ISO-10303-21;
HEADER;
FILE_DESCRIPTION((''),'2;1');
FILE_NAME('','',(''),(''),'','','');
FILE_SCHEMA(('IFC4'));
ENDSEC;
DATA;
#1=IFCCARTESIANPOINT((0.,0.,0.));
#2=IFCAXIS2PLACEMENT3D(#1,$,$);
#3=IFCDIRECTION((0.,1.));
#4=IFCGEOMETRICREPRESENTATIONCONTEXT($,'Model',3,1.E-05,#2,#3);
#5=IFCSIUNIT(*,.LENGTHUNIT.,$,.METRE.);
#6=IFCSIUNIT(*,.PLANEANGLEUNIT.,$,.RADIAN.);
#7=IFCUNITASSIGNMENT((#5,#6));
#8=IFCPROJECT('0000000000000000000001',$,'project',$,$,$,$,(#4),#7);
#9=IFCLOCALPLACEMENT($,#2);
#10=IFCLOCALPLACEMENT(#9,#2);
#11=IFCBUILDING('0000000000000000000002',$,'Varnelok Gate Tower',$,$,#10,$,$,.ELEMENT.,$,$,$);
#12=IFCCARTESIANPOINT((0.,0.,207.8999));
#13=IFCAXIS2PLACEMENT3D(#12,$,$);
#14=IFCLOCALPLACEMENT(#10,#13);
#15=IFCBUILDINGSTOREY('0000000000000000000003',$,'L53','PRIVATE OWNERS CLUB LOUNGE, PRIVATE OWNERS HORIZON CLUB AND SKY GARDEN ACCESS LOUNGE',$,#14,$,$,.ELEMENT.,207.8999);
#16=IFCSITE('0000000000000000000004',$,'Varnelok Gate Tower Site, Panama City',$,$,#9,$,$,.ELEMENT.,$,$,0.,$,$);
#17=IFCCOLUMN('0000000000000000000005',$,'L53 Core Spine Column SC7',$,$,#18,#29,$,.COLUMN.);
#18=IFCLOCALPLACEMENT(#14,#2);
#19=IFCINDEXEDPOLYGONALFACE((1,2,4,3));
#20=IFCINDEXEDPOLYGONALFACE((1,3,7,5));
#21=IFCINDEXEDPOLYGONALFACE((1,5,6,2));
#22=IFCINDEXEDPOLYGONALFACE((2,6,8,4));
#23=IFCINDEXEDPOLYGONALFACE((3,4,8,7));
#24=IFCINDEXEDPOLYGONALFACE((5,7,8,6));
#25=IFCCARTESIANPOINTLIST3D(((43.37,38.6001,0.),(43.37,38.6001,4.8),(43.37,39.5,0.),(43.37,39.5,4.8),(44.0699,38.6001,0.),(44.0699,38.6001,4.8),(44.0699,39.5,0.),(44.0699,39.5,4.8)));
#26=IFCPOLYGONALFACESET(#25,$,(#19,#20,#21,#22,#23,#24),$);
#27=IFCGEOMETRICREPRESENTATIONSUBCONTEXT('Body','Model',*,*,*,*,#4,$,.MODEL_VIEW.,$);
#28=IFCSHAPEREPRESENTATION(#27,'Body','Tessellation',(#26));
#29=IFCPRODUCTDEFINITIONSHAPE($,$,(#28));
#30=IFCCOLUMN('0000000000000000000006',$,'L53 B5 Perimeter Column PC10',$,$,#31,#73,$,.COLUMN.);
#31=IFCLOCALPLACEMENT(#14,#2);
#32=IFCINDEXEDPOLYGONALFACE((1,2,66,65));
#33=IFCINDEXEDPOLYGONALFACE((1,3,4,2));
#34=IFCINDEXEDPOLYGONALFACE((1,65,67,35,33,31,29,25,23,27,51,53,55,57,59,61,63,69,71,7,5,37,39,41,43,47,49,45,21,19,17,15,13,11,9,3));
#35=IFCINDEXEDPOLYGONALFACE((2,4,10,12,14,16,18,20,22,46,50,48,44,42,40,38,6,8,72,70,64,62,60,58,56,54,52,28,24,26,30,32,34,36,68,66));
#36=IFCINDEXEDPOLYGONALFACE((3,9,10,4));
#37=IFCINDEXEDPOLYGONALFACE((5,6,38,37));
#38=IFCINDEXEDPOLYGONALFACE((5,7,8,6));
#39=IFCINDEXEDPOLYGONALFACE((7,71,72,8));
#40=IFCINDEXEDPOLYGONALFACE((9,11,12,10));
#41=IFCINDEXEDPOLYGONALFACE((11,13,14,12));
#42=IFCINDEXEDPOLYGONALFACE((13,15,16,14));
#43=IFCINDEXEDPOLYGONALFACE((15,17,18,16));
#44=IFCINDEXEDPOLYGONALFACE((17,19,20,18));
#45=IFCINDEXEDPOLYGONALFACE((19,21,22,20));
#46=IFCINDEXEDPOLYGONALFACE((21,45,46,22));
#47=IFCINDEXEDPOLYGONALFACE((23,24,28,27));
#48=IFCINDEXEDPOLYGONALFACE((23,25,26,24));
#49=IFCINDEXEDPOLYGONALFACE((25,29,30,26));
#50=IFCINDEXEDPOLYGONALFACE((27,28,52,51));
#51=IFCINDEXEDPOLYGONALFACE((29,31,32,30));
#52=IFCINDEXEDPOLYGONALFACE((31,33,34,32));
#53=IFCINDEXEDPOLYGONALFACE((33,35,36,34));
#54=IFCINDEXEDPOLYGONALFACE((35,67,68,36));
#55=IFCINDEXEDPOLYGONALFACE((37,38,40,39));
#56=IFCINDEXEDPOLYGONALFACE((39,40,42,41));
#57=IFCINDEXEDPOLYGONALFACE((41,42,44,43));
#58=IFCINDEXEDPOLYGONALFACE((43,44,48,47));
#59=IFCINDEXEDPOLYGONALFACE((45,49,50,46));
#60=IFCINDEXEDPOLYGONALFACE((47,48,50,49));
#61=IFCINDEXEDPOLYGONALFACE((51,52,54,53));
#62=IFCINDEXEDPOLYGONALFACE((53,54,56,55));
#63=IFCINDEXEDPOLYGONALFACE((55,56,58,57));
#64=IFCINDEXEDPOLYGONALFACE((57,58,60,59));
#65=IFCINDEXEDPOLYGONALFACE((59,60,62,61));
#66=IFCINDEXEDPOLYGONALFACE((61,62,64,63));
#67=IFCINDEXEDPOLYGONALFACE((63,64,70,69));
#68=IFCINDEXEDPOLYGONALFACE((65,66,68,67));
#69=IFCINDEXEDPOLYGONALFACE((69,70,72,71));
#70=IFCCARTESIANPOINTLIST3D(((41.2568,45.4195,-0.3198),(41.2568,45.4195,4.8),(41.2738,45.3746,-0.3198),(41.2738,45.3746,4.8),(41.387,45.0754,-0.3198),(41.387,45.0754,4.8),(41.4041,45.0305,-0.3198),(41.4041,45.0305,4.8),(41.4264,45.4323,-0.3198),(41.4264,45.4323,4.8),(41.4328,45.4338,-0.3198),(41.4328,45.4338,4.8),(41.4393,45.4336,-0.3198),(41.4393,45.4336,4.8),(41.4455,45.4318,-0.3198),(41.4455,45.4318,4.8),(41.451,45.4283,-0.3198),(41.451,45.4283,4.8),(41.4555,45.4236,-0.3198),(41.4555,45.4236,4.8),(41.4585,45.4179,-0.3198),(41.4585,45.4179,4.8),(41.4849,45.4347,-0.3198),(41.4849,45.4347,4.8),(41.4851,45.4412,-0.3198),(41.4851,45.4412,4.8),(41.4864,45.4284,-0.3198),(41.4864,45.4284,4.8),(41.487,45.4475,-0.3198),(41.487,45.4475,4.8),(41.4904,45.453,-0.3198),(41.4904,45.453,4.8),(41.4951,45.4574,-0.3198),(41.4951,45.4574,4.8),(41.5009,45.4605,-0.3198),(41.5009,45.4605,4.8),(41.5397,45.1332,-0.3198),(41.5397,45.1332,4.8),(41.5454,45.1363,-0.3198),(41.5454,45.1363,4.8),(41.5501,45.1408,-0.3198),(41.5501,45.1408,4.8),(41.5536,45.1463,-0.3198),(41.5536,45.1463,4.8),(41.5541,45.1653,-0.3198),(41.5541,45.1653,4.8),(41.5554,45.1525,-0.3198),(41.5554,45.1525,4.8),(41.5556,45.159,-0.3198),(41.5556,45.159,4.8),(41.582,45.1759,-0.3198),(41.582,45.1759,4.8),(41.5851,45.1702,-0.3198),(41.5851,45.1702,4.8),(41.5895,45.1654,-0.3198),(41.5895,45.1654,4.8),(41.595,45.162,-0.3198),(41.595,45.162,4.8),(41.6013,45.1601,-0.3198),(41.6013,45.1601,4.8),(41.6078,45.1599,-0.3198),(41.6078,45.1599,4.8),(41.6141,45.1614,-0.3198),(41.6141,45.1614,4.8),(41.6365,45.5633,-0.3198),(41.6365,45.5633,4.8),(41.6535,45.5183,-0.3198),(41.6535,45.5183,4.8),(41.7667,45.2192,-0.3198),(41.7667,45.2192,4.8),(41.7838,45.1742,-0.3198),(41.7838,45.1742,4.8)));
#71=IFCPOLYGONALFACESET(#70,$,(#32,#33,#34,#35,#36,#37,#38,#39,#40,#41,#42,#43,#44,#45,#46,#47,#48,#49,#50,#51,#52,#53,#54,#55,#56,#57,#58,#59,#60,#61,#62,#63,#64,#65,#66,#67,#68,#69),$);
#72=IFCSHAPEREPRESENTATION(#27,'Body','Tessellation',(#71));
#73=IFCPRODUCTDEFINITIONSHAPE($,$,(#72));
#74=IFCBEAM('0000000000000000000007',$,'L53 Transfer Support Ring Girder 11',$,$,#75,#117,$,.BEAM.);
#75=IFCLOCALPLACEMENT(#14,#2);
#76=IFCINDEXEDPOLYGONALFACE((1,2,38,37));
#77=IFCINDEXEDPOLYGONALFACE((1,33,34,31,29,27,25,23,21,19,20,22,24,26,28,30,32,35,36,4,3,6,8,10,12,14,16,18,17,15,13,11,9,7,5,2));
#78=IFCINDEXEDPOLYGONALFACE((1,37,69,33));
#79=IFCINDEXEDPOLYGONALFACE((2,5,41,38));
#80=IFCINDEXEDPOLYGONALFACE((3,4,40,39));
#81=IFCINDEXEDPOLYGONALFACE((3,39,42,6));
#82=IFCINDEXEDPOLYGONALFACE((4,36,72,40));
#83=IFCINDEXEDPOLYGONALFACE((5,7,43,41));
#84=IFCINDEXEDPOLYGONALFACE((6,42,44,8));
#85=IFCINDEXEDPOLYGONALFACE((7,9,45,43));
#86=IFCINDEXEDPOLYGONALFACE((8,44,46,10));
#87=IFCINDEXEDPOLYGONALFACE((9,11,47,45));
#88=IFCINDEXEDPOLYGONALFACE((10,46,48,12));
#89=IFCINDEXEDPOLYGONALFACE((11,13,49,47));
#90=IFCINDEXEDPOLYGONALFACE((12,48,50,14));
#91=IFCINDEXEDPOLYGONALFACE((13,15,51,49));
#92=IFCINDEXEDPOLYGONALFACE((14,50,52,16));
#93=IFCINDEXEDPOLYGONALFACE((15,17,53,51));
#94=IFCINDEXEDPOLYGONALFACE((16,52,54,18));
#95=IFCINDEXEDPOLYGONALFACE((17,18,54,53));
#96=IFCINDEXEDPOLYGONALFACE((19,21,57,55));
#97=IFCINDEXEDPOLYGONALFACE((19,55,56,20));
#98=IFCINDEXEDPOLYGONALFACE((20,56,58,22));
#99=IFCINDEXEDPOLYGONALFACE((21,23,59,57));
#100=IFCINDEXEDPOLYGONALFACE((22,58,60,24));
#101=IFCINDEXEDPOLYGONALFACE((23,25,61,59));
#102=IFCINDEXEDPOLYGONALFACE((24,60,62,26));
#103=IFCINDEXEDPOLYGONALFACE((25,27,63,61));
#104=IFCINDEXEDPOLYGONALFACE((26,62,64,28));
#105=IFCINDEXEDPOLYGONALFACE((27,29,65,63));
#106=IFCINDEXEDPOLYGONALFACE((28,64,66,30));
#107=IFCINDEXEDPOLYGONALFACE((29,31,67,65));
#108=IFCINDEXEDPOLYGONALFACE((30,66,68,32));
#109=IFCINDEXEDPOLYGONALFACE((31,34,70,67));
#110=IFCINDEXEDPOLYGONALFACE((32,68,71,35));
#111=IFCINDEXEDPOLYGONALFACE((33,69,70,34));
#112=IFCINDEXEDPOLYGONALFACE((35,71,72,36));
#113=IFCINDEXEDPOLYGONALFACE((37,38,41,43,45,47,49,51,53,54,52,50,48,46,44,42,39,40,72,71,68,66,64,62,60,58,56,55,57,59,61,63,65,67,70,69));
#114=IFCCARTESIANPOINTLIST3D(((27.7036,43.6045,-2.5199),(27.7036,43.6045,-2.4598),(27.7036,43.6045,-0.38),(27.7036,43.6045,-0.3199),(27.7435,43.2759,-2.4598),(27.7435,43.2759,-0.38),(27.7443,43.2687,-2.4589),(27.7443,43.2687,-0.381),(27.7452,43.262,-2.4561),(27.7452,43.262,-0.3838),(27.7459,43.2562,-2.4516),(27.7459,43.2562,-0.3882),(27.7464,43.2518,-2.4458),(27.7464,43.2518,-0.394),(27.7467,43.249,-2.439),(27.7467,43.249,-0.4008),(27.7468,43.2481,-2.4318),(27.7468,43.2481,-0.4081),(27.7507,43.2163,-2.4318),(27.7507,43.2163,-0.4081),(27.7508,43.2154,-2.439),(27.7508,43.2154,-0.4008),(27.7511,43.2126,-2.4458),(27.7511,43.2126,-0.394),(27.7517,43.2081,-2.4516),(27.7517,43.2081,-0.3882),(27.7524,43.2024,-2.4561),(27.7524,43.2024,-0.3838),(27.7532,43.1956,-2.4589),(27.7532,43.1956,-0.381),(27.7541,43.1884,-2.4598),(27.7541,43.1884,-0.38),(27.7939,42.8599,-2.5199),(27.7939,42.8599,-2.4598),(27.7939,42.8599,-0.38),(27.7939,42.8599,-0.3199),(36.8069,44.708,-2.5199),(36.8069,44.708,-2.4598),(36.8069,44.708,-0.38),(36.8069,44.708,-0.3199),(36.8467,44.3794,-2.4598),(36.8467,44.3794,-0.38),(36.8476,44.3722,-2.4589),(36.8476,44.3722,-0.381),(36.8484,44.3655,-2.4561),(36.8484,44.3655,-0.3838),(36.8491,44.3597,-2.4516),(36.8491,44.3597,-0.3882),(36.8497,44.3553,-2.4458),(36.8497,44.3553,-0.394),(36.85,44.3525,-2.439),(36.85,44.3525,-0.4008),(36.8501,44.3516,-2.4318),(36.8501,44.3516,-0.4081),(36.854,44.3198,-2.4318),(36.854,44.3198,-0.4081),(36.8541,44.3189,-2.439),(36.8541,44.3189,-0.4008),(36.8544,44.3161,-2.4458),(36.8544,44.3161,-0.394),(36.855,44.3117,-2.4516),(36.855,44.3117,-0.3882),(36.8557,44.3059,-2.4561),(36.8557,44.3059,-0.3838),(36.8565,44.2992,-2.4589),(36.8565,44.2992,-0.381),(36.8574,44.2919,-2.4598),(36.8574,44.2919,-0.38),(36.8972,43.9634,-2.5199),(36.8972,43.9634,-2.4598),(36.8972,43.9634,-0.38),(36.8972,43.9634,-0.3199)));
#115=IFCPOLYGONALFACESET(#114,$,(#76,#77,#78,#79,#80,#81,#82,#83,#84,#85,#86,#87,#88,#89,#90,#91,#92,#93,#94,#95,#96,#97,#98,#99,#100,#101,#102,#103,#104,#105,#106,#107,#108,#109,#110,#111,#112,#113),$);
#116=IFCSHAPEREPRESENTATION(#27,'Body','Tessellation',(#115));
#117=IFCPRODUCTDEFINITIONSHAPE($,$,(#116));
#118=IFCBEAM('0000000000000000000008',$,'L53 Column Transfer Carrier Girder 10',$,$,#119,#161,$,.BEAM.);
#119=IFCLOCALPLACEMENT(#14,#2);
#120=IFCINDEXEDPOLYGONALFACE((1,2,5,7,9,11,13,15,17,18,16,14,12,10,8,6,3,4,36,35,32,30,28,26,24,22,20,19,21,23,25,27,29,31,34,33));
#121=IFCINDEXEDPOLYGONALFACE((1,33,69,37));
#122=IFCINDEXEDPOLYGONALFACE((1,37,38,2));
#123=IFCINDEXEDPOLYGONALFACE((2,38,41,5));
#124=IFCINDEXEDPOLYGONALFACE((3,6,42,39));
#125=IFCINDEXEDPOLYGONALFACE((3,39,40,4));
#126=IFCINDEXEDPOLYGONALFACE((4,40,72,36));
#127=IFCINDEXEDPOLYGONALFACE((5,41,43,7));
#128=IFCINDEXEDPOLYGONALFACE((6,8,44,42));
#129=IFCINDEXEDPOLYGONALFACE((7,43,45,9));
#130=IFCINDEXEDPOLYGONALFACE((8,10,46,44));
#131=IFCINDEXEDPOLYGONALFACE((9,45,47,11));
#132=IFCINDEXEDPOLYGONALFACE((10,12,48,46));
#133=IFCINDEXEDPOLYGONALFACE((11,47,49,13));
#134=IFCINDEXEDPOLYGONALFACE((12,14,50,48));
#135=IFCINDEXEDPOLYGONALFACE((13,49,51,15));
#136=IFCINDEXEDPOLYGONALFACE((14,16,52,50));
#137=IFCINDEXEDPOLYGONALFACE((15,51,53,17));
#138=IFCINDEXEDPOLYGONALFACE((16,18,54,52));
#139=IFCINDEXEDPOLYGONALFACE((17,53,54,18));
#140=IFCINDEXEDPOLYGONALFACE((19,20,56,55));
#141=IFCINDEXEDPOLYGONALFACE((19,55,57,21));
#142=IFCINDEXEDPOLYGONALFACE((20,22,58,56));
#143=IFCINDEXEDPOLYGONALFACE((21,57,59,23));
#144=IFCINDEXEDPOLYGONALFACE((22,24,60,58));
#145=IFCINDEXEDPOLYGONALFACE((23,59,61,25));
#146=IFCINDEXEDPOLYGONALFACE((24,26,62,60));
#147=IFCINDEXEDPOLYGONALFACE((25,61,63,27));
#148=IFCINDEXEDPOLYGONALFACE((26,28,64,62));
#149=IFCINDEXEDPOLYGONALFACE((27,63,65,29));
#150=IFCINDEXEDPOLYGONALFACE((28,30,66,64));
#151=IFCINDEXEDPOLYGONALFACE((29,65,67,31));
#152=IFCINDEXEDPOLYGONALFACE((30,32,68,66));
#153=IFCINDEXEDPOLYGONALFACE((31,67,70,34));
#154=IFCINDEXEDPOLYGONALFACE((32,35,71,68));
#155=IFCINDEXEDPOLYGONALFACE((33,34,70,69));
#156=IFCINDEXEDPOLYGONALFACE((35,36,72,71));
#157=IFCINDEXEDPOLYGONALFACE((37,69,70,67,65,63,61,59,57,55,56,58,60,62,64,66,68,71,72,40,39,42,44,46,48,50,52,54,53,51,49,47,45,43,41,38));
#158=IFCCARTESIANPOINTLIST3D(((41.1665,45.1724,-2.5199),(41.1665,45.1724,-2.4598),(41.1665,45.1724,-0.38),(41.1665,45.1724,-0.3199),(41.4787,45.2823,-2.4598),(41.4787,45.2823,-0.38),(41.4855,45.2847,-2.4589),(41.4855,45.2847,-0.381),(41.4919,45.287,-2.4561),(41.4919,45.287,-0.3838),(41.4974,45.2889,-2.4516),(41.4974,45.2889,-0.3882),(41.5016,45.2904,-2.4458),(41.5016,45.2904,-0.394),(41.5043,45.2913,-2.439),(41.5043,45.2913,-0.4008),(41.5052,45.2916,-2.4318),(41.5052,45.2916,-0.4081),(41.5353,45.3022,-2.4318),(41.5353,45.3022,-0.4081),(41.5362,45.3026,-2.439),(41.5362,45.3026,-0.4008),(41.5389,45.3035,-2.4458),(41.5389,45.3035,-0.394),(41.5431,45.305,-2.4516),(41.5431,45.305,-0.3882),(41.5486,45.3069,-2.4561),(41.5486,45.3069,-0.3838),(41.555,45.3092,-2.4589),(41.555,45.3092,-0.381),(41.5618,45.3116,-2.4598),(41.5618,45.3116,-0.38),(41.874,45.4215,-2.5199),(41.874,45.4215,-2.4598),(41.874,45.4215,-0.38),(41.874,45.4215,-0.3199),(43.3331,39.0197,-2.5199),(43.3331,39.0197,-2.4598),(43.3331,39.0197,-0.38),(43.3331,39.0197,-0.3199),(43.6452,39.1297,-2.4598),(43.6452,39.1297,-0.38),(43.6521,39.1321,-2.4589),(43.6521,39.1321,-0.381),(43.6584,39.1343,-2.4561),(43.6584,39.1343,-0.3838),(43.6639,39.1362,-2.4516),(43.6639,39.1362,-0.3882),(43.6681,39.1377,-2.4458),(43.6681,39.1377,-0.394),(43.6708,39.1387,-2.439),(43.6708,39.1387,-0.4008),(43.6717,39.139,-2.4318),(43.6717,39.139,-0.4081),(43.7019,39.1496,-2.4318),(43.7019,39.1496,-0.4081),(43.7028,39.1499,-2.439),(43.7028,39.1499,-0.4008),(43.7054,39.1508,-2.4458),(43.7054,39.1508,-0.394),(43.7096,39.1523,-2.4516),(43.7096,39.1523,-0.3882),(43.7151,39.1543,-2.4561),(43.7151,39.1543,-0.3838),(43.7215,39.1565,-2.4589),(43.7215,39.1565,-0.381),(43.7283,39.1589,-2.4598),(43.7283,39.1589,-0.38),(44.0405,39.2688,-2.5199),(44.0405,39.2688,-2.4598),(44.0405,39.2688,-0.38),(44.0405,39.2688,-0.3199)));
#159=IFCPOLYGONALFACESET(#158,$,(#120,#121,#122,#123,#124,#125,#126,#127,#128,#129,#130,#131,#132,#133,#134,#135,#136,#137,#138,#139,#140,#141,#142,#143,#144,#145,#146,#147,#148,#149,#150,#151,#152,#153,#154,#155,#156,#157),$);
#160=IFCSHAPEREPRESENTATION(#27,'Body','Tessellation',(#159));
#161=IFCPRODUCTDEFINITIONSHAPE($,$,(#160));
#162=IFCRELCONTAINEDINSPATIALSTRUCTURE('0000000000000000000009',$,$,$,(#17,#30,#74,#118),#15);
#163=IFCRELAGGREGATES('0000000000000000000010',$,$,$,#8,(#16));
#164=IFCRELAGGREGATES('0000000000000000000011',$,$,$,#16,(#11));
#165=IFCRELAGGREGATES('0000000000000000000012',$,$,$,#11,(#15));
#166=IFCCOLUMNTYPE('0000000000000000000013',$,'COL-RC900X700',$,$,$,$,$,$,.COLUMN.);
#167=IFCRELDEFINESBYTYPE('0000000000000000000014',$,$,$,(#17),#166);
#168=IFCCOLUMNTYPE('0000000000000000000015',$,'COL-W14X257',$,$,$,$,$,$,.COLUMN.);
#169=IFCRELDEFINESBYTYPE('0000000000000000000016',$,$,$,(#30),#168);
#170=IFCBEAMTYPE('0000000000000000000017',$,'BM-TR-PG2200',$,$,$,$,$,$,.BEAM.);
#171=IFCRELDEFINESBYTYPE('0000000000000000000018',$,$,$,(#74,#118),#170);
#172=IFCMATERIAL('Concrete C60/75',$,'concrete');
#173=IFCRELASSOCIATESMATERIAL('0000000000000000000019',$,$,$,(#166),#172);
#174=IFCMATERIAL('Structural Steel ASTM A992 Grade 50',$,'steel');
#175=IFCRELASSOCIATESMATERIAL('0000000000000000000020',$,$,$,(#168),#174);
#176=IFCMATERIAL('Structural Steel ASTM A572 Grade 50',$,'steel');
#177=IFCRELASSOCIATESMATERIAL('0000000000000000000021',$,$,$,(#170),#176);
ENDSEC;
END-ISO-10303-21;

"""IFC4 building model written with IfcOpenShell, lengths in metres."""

from ifc_helpers import new_model, si_unit, direction, frame, origin, origin_2d, place, context, subcontext, project, spatial, rectangle, i_section, extrude, material, material_profile, profile_set, type_object, element, save


model = new_model("IFC4")

# Units and contexts
model_context = context("Model", 3, precision=1e-05, world=origin(), true_north=direction((0.0, 1.0)))
body_context = subcontext(model_context, "Body", "Model", "MODEL_VIEW")
ifc_project = project(units=[si_unit("LENGTHUNIT", "METRE"), si_unit("PLANEANGLEUNIT", "RADIAN")], contexts=[model_context])

# Site, building, storey
site_placement = place(None, origin())
site = spatial("IfcSite", under=ifc_project, at=site_placement, Name="Varnelok Gate Tower Site, Panama City", CompositionType="ELEMENT", RefElevation=0.0)
building_placement = place(site_placement, origin())
building = spatial("IfcBuilding", under=site, at=building_placement, Name="Varnelok Gate Tower", CompositionType="ELEMENT")
storey_placement = place(building_placement, frame((0.0, 0.0, 207.8999)))
storey = spatial("IfcBuildingStorey", under=building, at=storey_placement, Name="L53", Description="PRIVATE OWNERS CLUB LOUNGE, PRIVATE OWNERS HORIZON CLUB AND SKY GARDEN ACCESS LOUNGE", CompositionType="ELEMENT", Elevation=207.8999)

# Columns
ifc_material_1 = material(Name="Concrete C60/75", Category="concrete")
ifc_material_profile_1 = material_profile(ifc_material_1, rectangle(XDim=0.7, YDim=0.8999, at=origin_2d()), Name="RC900X700")
ifc_profile_set_1 = profile_set([ifc_material_profile_1], Name="Concrete C60/75")
column_type_1 = type_object("IfcColumnType", Name="COL-RC900X700", PredefinedType="COLUMN", material=ifc_profile_set_1)
column_1_placement = place(storey_placement, frame((43.72, 39.05, 0.0), z_axis=(0.0, 0.0, 1.0), x_axis=(1.0, 0.0, 0.0)))
element("IfcColumn", 1, at=column_1_placement, inside=storey, type_object=column_type_1, Name="L53 Core Spine Column SC7", PredefinedType="COLUMN", context=body_context, shape_type="SweptSolid", body=[
    extrude(rectangle(XDim=0.7, YDim=0.8999, at=origin_2d()), origin(), (0.0, 0.0, 1.0), 4.8),
])
ifc_material_2 = material(Name="Structural Steel ASTM A992 Grade 50", Category="steel")
ifc_material_profile_2 = material_profile(ifc_material_2, i_section(OverallWidth=0.406, OverallDepth=0.416, WebThickness=0.0298, FlangeThickness=0.0481, FilletRadius=0.0249, at=origin_2d()), Name="W14X257")
ifc_profile_set_2 = profile_set([ifc_material_profile_2], Name="Structural Steel ASTM A992 Grade 50")
column_type_2 = type_object("IfcColumnType", Name="COL-W14X257", PredefinedType="COLUMN", material=ifc_profile_set_2)
column_2_placement = place(storey_placement, frame((41.5203, 45.2969, -0.3198), z_axis=(0.0, 0.0, 1.0), x_axis=(0.935222, 0.354063, 0.0)))
element("IfcColumn", 2, at=column_2_placement, inside=storey, type_object=column_type_2, Name="L53 B5 Perimeter Column PC10", PredefinedType="COLUMN", context=body_context, shape_type="SweptSolid", body=[
    extrude(i_section(OverallWidth=0.406, OverallDepth=0.416, WebThickness=0.0298, FlangeThickness=0.0481, FilletRadius=0.0249, at=origin_2d()), origin(), (0.0, 0.0, 1.0), 5.1199),
])

# Beams
ifc_material_3 = material(Name="Structural Steel ASTM A572 Grade 50", Category="steel")
ifc_material_profile_3 = material_profile(ifc_material_3, i_section(OverallWidth=0.75, OverallDepth=2.2, WebThickness=0.032, FlangeThickness=0.0601, FilletRadius=0.0281, at=origin_2d()), Name="PG2200X750")
ifc_profile_set_3 = profile_set([ifc_material_profile_3], Name="Structural Steel ASTM A572 Grade 50")
beam_type = type_object("IfcBeamType", Name="BM-TR-PG2200", PredefinedType="BEAM", material=ifc_profile_set_3)
beam_1_placement = place(storey_placement, frame((36.8521, 44.3357, -1.4199), z_axis=(-0.992733, -0.120341, 0.0), x_axis=(0.120341, -0.992733, 0.0)))
element("IfcBeam", 3, at=beam_1_placement, inside=storey, type_object=beam_type, Name="L53 Transfer Support Ring Girder 11", PredefinedType="BEAM", context=body_context, shape_type="SweptSolid", body=[
    extrude(i_section(OverallWidth=0.75, OverallDepth=2.2, WebThickness=0.032, FlangeThickness=0.0601, FilletRadius=0.0281, at=origin_2d()), origin(), (0.0, 0.0, 1.0), 9.1699),
])
beam_2_placement = place(storey_placement, frame((43.6868, 39.1443, -1.4199), z_axis=(-0.332139, 0.943231, 0.0), x_axis=(-0.943231, -0.332139, 0.0)))
element("IfcBeam", 4, at=beam_2_placement, inside=storey, type_object=beam_type, Name="L53 Column Transfer Carrier Girder 10", PredefinedType="BEAM", context=body_context, shape_type="SweptSolid", body=[
    extrude(i_section(OverallWidth=0.75, OverallDepth=2.2, WebThickness=0.032, FlangeThickness=0.0601, FilletRadius=0.0281, at=origin_2d()), origin(), (0.0, 0.0, 1.0), 6.5229),
])

save(model, "model.ifc")
